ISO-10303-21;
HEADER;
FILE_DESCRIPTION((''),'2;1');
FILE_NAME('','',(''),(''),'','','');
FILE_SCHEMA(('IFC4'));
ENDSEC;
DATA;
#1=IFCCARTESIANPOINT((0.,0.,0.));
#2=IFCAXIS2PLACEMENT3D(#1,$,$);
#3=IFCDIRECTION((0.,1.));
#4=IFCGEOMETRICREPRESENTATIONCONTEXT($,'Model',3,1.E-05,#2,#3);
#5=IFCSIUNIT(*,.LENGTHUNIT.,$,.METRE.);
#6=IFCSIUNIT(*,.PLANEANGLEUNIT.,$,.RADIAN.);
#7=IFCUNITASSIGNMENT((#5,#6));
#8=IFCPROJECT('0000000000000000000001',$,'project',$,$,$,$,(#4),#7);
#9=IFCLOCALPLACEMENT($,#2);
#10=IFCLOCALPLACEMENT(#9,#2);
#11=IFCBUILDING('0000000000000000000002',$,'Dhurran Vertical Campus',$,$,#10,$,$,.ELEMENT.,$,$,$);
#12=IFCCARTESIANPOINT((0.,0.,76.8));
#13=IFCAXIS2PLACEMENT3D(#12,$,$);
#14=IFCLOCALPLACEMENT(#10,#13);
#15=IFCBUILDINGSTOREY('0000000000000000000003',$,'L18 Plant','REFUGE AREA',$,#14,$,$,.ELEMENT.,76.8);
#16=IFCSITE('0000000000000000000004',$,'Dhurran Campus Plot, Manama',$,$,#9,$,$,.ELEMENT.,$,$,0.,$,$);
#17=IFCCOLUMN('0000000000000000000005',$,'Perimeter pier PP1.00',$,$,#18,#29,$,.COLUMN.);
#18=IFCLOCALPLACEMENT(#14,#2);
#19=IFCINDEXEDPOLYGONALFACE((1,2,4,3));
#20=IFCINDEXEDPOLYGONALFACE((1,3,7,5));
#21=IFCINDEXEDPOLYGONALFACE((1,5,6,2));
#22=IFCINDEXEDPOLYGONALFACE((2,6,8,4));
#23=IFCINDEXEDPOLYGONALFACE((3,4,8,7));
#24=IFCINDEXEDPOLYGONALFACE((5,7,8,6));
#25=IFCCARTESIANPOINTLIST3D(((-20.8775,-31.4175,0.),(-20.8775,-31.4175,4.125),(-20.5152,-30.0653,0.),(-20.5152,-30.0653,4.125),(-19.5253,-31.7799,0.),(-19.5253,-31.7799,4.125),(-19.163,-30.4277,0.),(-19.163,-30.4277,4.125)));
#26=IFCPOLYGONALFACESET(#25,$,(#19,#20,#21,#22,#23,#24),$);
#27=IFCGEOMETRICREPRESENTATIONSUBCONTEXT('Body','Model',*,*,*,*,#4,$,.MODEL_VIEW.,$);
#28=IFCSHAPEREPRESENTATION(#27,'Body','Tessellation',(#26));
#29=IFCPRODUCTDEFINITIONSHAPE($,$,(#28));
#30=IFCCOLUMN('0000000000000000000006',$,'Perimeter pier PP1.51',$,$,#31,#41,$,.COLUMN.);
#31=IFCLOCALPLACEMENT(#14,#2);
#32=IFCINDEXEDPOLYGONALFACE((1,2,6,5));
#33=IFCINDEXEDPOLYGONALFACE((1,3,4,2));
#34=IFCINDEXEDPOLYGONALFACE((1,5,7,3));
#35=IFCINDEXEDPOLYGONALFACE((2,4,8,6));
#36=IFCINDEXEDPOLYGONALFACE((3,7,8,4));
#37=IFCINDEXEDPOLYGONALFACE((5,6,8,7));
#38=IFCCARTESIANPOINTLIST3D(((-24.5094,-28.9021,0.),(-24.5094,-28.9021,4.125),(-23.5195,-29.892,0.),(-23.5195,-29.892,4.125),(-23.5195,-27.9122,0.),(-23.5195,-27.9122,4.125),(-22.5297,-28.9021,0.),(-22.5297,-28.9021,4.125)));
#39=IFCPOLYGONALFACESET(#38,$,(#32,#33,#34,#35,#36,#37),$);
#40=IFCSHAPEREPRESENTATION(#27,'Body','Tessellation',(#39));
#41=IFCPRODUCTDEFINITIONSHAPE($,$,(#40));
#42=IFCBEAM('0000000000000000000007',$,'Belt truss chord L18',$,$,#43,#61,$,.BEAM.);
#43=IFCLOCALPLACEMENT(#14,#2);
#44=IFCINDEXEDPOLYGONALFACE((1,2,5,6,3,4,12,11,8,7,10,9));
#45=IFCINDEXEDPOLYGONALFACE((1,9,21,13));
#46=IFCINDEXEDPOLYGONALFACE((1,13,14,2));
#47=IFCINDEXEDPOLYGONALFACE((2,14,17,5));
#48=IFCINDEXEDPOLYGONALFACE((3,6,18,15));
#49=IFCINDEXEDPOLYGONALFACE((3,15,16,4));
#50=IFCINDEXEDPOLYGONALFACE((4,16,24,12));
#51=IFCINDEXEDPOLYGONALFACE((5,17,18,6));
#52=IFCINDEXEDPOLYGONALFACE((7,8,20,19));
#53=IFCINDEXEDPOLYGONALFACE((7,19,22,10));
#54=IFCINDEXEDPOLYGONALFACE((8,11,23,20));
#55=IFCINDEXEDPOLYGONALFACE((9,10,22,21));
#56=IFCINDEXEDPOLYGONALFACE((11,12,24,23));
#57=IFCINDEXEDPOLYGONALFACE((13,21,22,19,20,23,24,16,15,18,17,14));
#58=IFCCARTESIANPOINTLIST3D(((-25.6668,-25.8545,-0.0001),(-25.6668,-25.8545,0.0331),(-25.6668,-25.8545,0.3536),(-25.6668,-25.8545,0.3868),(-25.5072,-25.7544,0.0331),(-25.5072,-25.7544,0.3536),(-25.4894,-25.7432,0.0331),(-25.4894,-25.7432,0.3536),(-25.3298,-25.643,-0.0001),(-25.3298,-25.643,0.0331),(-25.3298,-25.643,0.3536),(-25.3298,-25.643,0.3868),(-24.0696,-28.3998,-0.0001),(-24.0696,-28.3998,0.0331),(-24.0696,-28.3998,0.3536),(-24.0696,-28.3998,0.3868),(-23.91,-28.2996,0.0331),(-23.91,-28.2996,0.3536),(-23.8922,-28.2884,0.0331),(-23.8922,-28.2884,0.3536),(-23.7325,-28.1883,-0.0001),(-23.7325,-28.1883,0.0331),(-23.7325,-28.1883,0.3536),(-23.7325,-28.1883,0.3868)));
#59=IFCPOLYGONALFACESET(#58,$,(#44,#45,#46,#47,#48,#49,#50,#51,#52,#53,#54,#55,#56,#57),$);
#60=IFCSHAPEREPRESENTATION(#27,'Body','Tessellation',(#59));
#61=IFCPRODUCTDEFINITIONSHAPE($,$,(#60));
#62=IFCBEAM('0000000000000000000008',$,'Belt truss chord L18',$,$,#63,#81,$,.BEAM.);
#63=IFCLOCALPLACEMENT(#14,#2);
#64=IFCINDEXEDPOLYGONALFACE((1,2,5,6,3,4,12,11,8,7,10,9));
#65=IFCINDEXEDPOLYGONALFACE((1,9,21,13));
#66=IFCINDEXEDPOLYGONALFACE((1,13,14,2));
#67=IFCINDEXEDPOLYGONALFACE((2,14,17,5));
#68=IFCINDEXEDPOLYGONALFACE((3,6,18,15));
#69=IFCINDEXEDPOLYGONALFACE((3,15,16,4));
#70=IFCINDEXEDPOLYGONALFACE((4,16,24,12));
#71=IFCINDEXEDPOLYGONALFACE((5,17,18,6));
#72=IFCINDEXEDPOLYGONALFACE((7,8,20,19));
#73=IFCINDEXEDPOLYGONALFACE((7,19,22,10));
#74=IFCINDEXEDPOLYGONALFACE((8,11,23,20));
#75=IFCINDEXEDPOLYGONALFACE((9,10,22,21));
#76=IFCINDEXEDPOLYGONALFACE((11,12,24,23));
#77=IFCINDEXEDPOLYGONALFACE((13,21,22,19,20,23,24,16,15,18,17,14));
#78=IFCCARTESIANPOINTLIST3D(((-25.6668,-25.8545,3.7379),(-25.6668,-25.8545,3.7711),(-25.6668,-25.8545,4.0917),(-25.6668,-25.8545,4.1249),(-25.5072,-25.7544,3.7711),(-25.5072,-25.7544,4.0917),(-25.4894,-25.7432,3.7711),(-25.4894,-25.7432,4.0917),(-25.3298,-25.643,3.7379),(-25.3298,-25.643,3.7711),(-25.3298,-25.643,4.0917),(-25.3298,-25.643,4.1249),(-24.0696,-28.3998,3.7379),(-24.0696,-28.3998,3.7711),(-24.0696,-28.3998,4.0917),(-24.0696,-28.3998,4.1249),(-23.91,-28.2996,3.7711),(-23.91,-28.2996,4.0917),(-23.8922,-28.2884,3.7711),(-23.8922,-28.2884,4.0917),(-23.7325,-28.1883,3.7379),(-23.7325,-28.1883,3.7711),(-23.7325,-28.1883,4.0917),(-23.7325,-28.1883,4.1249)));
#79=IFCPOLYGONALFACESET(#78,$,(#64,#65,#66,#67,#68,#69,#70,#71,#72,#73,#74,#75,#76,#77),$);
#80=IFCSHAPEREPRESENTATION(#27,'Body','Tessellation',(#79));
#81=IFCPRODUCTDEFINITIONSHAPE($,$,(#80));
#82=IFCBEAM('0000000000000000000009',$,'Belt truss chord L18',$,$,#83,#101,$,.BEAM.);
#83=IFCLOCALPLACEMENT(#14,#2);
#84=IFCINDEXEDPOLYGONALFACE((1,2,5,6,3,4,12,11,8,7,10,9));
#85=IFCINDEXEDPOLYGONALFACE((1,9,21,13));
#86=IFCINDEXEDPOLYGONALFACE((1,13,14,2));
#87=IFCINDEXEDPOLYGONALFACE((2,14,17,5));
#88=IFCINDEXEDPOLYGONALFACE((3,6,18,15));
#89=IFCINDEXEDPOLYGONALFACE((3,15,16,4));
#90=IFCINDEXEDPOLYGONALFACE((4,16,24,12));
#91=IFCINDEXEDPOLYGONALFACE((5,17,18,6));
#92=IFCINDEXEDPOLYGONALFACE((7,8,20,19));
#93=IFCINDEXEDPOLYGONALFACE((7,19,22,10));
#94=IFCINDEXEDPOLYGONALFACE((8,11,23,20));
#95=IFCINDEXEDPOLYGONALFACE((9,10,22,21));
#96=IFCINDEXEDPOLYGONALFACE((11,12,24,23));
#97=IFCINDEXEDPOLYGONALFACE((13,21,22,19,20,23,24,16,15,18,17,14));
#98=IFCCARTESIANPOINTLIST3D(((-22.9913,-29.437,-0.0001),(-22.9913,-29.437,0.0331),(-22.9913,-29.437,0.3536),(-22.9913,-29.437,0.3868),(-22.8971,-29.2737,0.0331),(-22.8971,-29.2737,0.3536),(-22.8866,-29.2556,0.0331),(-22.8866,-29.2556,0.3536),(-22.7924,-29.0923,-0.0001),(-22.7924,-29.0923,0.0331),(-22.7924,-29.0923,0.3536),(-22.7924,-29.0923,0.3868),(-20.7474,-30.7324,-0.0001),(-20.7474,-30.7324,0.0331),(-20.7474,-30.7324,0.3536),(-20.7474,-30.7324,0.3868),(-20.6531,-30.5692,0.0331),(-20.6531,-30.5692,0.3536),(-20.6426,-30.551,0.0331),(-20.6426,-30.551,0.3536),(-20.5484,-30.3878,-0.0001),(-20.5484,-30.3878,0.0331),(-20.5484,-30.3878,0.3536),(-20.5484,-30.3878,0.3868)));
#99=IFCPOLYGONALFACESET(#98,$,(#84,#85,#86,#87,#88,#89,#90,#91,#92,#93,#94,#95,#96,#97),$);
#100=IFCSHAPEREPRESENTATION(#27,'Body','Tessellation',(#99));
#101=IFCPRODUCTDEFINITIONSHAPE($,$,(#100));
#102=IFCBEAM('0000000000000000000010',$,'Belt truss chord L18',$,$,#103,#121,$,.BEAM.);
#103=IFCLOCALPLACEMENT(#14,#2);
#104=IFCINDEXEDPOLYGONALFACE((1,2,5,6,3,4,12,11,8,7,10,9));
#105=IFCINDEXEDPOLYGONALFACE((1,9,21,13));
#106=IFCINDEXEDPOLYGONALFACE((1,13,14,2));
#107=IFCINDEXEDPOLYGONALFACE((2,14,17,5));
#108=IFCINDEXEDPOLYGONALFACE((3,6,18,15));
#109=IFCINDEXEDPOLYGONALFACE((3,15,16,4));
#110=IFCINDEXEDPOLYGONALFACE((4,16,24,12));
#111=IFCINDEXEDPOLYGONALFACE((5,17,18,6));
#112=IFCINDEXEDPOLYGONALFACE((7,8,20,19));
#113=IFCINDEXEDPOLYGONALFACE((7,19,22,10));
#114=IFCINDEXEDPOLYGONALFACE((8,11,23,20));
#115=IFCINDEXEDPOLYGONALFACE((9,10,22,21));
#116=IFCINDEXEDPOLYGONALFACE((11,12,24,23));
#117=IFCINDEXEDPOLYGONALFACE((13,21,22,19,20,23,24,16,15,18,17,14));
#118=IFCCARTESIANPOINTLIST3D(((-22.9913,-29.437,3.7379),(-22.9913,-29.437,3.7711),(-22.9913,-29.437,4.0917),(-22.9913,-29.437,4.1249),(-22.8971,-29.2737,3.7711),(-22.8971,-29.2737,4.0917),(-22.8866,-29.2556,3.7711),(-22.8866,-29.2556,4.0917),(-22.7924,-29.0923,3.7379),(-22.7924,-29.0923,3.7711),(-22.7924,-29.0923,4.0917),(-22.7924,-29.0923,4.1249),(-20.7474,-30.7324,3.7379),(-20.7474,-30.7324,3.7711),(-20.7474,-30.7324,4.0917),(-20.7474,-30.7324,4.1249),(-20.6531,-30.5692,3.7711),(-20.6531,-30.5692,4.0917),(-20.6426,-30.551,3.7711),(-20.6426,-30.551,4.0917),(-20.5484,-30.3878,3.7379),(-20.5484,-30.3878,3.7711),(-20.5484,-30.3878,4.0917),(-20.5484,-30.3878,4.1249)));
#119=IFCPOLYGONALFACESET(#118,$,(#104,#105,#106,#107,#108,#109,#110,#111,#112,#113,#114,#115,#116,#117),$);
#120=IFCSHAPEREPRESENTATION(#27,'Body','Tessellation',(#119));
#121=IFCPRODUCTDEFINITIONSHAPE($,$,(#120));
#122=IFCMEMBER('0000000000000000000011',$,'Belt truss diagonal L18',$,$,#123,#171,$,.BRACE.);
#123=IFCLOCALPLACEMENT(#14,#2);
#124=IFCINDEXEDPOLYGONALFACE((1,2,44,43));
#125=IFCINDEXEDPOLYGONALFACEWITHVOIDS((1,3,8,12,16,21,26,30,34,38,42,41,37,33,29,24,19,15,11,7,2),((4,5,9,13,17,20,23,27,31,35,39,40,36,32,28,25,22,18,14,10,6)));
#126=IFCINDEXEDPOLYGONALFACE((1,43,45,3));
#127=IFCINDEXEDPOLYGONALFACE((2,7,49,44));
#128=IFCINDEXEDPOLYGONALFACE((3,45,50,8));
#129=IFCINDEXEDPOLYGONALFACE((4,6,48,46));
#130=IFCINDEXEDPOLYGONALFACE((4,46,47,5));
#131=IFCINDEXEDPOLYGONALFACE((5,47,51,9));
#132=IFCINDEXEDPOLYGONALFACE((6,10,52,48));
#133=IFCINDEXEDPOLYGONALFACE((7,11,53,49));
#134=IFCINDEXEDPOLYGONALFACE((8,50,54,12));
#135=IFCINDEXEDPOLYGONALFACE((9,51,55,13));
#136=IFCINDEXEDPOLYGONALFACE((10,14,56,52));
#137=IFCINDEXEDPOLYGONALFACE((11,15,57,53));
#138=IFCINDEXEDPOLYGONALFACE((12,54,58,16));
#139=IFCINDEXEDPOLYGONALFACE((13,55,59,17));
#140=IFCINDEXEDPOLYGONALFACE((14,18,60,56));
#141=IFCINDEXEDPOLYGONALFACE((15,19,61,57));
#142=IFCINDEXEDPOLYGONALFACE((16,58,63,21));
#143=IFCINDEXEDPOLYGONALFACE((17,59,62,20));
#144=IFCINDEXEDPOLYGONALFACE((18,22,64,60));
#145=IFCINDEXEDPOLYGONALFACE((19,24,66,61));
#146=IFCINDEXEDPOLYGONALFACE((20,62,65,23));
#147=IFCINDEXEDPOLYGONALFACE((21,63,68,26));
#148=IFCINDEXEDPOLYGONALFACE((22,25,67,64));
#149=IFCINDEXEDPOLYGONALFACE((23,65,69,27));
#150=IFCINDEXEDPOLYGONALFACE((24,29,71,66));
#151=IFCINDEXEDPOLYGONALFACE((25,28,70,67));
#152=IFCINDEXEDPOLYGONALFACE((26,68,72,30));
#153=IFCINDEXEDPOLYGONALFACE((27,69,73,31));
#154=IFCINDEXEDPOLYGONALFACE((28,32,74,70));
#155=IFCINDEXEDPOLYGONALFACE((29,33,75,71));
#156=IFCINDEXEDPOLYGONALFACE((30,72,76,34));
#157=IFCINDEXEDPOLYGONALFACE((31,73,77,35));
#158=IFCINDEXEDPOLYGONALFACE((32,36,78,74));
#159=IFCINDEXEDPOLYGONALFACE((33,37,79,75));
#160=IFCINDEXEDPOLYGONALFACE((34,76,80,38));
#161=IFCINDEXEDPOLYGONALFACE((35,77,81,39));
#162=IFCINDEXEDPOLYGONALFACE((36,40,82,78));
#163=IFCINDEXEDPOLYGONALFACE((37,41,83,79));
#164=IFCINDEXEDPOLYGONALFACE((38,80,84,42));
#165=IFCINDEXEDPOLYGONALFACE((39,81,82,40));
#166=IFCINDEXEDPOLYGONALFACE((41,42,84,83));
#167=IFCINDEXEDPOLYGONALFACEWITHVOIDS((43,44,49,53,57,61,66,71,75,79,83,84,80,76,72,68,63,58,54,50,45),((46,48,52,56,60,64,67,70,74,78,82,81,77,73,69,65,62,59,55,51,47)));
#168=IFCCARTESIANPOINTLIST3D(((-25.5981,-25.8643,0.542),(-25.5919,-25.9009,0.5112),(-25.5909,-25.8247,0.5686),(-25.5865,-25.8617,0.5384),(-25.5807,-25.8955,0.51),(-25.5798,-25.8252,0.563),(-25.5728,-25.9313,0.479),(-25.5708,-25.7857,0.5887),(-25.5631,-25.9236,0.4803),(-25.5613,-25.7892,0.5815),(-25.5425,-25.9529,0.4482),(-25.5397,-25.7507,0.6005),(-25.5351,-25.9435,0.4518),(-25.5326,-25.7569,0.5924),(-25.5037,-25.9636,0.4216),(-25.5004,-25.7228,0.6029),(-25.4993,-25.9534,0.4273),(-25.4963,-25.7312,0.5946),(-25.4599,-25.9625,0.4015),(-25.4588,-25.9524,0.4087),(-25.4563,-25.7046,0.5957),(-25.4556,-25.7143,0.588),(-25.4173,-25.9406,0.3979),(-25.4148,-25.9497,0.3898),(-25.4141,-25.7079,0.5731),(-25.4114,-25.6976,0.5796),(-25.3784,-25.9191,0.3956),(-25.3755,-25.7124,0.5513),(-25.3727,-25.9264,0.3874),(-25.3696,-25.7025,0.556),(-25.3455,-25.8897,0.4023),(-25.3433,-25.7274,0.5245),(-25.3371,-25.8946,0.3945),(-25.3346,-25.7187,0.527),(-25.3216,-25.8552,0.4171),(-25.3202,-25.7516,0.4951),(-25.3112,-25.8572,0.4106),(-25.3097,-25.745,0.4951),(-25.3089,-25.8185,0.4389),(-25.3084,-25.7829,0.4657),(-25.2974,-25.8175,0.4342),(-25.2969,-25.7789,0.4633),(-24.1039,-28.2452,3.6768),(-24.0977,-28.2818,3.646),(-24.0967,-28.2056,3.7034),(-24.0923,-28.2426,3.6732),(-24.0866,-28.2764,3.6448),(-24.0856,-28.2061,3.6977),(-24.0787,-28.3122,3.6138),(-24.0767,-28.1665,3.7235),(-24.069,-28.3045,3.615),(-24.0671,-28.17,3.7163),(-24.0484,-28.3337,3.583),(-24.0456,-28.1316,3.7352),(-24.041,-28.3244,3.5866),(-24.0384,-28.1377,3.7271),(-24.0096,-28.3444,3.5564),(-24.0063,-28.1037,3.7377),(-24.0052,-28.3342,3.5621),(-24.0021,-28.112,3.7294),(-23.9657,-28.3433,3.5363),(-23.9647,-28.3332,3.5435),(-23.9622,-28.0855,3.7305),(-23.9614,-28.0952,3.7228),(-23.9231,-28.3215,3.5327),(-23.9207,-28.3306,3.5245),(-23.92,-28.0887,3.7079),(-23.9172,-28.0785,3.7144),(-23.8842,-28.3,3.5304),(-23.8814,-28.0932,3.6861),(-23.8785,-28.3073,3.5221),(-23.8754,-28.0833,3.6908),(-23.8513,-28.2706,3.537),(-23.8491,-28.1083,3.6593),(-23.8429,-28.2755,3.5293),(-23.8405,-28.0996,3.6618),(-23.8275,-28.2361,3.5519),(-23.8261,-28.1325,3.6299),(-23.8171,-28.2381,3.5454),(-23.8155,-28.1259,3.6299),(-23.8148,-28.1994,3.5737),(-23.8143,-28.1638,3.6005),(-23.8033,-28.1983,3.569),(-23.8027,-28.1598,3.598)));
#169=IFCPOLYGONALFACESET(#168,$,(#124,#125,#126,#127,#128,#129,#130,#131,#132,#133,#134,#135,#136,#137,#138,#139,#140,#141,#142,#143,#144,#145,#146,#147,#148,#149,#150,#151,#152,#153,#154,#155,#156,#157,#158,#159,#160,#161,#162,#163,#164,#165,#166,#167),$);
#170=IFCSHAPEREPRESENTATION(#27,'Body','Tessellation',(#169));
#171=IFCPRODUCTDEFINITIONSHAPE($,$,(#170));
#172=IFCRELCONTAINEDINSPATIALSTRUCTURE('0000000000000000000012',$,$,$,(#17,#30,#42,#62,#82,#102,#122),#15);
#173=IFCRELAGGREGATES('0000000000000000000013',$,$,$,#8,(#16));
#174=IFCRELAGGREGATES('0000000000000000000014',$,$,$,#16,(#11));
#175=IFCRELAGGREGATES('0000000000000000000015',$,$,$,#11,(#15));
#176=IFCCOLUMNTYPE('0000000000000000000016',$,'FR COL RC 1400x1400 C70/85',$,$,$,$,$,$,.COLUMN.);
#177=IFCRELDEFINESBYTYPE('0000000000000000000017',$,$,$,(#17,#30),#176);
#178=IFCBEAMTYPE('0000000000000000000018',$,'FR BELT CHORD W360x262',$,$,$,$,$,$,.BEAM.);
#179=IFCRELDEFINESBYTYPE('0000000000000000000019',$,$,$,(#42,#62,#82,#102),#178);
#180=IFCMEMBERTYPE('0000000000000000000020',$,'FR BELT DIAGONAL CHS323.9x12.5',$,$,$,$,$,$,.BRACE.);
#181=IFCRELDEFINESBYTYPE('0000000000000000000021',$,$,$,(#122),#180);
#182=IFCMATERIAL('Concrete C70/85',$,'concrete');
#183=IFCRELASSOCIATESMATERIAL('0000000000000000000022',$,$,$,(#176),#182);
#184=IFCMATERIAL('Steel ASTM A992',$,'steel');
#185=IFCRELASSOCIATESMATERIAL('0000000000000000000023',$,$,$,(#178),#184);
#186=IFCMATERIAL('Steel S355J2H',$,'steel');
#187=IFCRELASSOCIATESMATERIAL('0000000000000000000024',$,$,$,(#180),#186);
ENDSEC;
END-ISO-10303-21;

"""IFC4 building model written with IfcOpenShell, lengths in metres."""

from ifc_helpers import new_model, si_unit, direction, frame, origin, origin_2d, place, context, subcontext, project, spatial, rectangle, hollow_circle, i_section, extrude, material, material_profile, profile_set, type_object, element, save


model = new_model("IFC4")

# Units and contexts
model_context = context("Model", 3, precision=1e-05, world=origin(), true_north=direction((0.0, 1.0)))
body_context = subcontext(model_context, "Body", "Model", "MODEL_VIEW")
ifc_project = project(units=[si_unit("LENGTHUNIT", "METRE"), si_unit("PLANEANGLEUNIT", "RADIAN")], contexts=[model_context])

# Site, building, storey
site_placement = place(None, origin())
site = spatial("IfcSite", under=ifc_project, at=site_placement, Name="Dhurran Campus Plot, Manama", CompositionType="ELEMENT", RefElevation=0.0)
building_placement = place(site_placement, origin())
building = spatial("IfcBuilding", under=site, at=building_placement, Name="Dhurran Vertical Campus", CompositionType="ELEMENT")
storey_placement = place(building_placement, frame((0.0, 0.0, 76.8)))
storey = spatial("IfcBuildingStorey", under=building, at=storey_placement, Name="L18 Plant", Description="REFUGE AREA", CompositionType="ELEMENT", Elevation=76.8)

# Columns
ifc_material_1 = material(Name="Concrete C70/85", Category="concrete")
ifc_material_profile_1 = material_profile(ifc_material_1, rectangle(XDim=1.3999, YDim=1.3999, at=origin_2d()), Name="RC 1400x1400")
ifc_profile_set_1 = profile_set([ifc_material_profile_1], Name="Concrete C70/85")
column_type = type_object("IfcColumnType", Name="FR COL RC 1400x1400 C70/85", PredefinedType="COLUMN", material=ifc_profile_set_1)
for number, where, z_axis, x_axis, name in (
    (1, (-20.0203, -30.9226, 0.0), (0.0, 0.0, 1.0), (0.965926, -0.258819, 0.0), "Perimeter pier PP1.00"),
    (2, (-23.5195, -28.9021, 0.0), (0.0, 0.0, 1.0), (0.707107, -0.707107, 0.0), "Perimeter pier PP1.51"),
):
    element("IfcColumn", number, at=place(storey_placement, frame(where, z_axis=z_axis, x_axis=x_axis)), inside=storey, type_object=column_type, Name=name, PredefinedType="COLUMN", context=body_context, shape_type="SweptSolid", body=[
        extrude(rectangle(XDim=1.3999, YDim=1.3999, at=origin_2d()), origin(), (0.0, 0.0, 1.0), 4.125),
    ])

# Beams
ifc_material_2 = material(Name="Steel ASTM A992", Category="steel")
ifc_material_profile_2 = material_profile(ifc_material_2, i_section(OverallWidth=0.3979, OverallDepth=0.387, WebThickness=0.021, FlangeThickness=0.0332, at=origin_2d()), Name="W360x262")
ifc_profile_set_2 = profile_set([ifc_material_profile_2], Name="Steel ASTM A992")
beam_type = type_object("IfcBeamType", Name="FR BELT CHORD W360x262", PredefinedType="BEAM", material=ifc_profile_set_2)
for number, where, z_axis, x_axis, name in (
    (3, (-25.4983, -25.7488, 0.1934), (0.531539, -0.847034, 0.0), (0.847034, 0.531539, 0.0), "Belt truss chord L18"),
    (4, (-25.4983, -25.7488, 3.9314), (0.531539, -0.847034, 0.0), (0.847034, 0.531539, 0.0), "Belt truss chord L18"),
):
    element("IfcBeam", number, at=place(storey_placement, frame(where, z_axis=z_axis, x_axis=x_axis)), inside=storey, type_object=beam_type, Name=name, PredefinedType="BEAM", context=body_context, shape_type="SweptSolid", body=[
        extrude(i_section(OverallWidth=0.3979, OverallDepth=0.387, WebThickness=0.021, FlangeThickness=0.0332, at=origin_2d()), origin(), (0.0, 0.0, 1.0), 3.0049),
    ])
for number, where, z_axis, x_axis, name in (
    (5, (-22.8918, -29.2646, 0.1934), (0.866043, -0.49997, 0.0), (0.49997, 0.866043, 0.0), "Belt truss chord L18"),
    (6, (-22.8918, -29.2646, 3.9314), (0.866043, -0.49997, 0.0), (0.49997, 0.866043, 0.0), "Belt truss chord L18"),
):
    element("IfcBeam", number, at=place(storey_placement, frame(where, z_axis=z_axis, x_axis=x_axis)), inside=storey, type_object=beam_type, Name=name, PredefinedType="BEAM", context=body_context, shape_type="SweptSolid", body=[
        extrude(i_section(OverallWidth=0.3979, OverallDepth=0.387, WebThickness=0.021, FlangeThickness=0.0332, at=origin_2d()), origin(), (0.0, 0.0, 1.0), 2.5911),
    ])

# Member
ifc_material_3 = material(Name="Steel S355J2H", Category="steel")
ifc_material_profile_3 = material_profile(ifc_material_3, hollow_circle(Radius=0.1619, WallThickness=0.0125, at=origin_2d()), Name="CHS323.9x12.5")
ifc_profile_set_3 = profile_set([ifc_material_profile_3], Name="Steel S355J2H")
member_type = type_object("IfcMemberType", Name="FR BELT DIAGONAL CHS323.9x12.5", PredefinedType="BRACE", material=ifc_profile_set_3)
member_1_placement = place(storey_placement, frame((-25.4468, -25.8311, 0.4951), z_axis=(0.354867, -0.565467, 0.744524), x_axis=(0.847021, 0.531559, 0.0)))
element("IfcMember", 7, at=member_1_placement, inside=storey, type_object=member_type, Name="Belt truss diagonal L18", PredefinedType="BRACE", context=body_context, shape_type="SweptSolid", body=[
    extrude(hollow_circle(Radius=0.1619, WallThickness=0.0125, at=origin_2d()), origin(), (0.0, 0.0, 1.0), 4.2104),
])

save(model, "model.ifc")
